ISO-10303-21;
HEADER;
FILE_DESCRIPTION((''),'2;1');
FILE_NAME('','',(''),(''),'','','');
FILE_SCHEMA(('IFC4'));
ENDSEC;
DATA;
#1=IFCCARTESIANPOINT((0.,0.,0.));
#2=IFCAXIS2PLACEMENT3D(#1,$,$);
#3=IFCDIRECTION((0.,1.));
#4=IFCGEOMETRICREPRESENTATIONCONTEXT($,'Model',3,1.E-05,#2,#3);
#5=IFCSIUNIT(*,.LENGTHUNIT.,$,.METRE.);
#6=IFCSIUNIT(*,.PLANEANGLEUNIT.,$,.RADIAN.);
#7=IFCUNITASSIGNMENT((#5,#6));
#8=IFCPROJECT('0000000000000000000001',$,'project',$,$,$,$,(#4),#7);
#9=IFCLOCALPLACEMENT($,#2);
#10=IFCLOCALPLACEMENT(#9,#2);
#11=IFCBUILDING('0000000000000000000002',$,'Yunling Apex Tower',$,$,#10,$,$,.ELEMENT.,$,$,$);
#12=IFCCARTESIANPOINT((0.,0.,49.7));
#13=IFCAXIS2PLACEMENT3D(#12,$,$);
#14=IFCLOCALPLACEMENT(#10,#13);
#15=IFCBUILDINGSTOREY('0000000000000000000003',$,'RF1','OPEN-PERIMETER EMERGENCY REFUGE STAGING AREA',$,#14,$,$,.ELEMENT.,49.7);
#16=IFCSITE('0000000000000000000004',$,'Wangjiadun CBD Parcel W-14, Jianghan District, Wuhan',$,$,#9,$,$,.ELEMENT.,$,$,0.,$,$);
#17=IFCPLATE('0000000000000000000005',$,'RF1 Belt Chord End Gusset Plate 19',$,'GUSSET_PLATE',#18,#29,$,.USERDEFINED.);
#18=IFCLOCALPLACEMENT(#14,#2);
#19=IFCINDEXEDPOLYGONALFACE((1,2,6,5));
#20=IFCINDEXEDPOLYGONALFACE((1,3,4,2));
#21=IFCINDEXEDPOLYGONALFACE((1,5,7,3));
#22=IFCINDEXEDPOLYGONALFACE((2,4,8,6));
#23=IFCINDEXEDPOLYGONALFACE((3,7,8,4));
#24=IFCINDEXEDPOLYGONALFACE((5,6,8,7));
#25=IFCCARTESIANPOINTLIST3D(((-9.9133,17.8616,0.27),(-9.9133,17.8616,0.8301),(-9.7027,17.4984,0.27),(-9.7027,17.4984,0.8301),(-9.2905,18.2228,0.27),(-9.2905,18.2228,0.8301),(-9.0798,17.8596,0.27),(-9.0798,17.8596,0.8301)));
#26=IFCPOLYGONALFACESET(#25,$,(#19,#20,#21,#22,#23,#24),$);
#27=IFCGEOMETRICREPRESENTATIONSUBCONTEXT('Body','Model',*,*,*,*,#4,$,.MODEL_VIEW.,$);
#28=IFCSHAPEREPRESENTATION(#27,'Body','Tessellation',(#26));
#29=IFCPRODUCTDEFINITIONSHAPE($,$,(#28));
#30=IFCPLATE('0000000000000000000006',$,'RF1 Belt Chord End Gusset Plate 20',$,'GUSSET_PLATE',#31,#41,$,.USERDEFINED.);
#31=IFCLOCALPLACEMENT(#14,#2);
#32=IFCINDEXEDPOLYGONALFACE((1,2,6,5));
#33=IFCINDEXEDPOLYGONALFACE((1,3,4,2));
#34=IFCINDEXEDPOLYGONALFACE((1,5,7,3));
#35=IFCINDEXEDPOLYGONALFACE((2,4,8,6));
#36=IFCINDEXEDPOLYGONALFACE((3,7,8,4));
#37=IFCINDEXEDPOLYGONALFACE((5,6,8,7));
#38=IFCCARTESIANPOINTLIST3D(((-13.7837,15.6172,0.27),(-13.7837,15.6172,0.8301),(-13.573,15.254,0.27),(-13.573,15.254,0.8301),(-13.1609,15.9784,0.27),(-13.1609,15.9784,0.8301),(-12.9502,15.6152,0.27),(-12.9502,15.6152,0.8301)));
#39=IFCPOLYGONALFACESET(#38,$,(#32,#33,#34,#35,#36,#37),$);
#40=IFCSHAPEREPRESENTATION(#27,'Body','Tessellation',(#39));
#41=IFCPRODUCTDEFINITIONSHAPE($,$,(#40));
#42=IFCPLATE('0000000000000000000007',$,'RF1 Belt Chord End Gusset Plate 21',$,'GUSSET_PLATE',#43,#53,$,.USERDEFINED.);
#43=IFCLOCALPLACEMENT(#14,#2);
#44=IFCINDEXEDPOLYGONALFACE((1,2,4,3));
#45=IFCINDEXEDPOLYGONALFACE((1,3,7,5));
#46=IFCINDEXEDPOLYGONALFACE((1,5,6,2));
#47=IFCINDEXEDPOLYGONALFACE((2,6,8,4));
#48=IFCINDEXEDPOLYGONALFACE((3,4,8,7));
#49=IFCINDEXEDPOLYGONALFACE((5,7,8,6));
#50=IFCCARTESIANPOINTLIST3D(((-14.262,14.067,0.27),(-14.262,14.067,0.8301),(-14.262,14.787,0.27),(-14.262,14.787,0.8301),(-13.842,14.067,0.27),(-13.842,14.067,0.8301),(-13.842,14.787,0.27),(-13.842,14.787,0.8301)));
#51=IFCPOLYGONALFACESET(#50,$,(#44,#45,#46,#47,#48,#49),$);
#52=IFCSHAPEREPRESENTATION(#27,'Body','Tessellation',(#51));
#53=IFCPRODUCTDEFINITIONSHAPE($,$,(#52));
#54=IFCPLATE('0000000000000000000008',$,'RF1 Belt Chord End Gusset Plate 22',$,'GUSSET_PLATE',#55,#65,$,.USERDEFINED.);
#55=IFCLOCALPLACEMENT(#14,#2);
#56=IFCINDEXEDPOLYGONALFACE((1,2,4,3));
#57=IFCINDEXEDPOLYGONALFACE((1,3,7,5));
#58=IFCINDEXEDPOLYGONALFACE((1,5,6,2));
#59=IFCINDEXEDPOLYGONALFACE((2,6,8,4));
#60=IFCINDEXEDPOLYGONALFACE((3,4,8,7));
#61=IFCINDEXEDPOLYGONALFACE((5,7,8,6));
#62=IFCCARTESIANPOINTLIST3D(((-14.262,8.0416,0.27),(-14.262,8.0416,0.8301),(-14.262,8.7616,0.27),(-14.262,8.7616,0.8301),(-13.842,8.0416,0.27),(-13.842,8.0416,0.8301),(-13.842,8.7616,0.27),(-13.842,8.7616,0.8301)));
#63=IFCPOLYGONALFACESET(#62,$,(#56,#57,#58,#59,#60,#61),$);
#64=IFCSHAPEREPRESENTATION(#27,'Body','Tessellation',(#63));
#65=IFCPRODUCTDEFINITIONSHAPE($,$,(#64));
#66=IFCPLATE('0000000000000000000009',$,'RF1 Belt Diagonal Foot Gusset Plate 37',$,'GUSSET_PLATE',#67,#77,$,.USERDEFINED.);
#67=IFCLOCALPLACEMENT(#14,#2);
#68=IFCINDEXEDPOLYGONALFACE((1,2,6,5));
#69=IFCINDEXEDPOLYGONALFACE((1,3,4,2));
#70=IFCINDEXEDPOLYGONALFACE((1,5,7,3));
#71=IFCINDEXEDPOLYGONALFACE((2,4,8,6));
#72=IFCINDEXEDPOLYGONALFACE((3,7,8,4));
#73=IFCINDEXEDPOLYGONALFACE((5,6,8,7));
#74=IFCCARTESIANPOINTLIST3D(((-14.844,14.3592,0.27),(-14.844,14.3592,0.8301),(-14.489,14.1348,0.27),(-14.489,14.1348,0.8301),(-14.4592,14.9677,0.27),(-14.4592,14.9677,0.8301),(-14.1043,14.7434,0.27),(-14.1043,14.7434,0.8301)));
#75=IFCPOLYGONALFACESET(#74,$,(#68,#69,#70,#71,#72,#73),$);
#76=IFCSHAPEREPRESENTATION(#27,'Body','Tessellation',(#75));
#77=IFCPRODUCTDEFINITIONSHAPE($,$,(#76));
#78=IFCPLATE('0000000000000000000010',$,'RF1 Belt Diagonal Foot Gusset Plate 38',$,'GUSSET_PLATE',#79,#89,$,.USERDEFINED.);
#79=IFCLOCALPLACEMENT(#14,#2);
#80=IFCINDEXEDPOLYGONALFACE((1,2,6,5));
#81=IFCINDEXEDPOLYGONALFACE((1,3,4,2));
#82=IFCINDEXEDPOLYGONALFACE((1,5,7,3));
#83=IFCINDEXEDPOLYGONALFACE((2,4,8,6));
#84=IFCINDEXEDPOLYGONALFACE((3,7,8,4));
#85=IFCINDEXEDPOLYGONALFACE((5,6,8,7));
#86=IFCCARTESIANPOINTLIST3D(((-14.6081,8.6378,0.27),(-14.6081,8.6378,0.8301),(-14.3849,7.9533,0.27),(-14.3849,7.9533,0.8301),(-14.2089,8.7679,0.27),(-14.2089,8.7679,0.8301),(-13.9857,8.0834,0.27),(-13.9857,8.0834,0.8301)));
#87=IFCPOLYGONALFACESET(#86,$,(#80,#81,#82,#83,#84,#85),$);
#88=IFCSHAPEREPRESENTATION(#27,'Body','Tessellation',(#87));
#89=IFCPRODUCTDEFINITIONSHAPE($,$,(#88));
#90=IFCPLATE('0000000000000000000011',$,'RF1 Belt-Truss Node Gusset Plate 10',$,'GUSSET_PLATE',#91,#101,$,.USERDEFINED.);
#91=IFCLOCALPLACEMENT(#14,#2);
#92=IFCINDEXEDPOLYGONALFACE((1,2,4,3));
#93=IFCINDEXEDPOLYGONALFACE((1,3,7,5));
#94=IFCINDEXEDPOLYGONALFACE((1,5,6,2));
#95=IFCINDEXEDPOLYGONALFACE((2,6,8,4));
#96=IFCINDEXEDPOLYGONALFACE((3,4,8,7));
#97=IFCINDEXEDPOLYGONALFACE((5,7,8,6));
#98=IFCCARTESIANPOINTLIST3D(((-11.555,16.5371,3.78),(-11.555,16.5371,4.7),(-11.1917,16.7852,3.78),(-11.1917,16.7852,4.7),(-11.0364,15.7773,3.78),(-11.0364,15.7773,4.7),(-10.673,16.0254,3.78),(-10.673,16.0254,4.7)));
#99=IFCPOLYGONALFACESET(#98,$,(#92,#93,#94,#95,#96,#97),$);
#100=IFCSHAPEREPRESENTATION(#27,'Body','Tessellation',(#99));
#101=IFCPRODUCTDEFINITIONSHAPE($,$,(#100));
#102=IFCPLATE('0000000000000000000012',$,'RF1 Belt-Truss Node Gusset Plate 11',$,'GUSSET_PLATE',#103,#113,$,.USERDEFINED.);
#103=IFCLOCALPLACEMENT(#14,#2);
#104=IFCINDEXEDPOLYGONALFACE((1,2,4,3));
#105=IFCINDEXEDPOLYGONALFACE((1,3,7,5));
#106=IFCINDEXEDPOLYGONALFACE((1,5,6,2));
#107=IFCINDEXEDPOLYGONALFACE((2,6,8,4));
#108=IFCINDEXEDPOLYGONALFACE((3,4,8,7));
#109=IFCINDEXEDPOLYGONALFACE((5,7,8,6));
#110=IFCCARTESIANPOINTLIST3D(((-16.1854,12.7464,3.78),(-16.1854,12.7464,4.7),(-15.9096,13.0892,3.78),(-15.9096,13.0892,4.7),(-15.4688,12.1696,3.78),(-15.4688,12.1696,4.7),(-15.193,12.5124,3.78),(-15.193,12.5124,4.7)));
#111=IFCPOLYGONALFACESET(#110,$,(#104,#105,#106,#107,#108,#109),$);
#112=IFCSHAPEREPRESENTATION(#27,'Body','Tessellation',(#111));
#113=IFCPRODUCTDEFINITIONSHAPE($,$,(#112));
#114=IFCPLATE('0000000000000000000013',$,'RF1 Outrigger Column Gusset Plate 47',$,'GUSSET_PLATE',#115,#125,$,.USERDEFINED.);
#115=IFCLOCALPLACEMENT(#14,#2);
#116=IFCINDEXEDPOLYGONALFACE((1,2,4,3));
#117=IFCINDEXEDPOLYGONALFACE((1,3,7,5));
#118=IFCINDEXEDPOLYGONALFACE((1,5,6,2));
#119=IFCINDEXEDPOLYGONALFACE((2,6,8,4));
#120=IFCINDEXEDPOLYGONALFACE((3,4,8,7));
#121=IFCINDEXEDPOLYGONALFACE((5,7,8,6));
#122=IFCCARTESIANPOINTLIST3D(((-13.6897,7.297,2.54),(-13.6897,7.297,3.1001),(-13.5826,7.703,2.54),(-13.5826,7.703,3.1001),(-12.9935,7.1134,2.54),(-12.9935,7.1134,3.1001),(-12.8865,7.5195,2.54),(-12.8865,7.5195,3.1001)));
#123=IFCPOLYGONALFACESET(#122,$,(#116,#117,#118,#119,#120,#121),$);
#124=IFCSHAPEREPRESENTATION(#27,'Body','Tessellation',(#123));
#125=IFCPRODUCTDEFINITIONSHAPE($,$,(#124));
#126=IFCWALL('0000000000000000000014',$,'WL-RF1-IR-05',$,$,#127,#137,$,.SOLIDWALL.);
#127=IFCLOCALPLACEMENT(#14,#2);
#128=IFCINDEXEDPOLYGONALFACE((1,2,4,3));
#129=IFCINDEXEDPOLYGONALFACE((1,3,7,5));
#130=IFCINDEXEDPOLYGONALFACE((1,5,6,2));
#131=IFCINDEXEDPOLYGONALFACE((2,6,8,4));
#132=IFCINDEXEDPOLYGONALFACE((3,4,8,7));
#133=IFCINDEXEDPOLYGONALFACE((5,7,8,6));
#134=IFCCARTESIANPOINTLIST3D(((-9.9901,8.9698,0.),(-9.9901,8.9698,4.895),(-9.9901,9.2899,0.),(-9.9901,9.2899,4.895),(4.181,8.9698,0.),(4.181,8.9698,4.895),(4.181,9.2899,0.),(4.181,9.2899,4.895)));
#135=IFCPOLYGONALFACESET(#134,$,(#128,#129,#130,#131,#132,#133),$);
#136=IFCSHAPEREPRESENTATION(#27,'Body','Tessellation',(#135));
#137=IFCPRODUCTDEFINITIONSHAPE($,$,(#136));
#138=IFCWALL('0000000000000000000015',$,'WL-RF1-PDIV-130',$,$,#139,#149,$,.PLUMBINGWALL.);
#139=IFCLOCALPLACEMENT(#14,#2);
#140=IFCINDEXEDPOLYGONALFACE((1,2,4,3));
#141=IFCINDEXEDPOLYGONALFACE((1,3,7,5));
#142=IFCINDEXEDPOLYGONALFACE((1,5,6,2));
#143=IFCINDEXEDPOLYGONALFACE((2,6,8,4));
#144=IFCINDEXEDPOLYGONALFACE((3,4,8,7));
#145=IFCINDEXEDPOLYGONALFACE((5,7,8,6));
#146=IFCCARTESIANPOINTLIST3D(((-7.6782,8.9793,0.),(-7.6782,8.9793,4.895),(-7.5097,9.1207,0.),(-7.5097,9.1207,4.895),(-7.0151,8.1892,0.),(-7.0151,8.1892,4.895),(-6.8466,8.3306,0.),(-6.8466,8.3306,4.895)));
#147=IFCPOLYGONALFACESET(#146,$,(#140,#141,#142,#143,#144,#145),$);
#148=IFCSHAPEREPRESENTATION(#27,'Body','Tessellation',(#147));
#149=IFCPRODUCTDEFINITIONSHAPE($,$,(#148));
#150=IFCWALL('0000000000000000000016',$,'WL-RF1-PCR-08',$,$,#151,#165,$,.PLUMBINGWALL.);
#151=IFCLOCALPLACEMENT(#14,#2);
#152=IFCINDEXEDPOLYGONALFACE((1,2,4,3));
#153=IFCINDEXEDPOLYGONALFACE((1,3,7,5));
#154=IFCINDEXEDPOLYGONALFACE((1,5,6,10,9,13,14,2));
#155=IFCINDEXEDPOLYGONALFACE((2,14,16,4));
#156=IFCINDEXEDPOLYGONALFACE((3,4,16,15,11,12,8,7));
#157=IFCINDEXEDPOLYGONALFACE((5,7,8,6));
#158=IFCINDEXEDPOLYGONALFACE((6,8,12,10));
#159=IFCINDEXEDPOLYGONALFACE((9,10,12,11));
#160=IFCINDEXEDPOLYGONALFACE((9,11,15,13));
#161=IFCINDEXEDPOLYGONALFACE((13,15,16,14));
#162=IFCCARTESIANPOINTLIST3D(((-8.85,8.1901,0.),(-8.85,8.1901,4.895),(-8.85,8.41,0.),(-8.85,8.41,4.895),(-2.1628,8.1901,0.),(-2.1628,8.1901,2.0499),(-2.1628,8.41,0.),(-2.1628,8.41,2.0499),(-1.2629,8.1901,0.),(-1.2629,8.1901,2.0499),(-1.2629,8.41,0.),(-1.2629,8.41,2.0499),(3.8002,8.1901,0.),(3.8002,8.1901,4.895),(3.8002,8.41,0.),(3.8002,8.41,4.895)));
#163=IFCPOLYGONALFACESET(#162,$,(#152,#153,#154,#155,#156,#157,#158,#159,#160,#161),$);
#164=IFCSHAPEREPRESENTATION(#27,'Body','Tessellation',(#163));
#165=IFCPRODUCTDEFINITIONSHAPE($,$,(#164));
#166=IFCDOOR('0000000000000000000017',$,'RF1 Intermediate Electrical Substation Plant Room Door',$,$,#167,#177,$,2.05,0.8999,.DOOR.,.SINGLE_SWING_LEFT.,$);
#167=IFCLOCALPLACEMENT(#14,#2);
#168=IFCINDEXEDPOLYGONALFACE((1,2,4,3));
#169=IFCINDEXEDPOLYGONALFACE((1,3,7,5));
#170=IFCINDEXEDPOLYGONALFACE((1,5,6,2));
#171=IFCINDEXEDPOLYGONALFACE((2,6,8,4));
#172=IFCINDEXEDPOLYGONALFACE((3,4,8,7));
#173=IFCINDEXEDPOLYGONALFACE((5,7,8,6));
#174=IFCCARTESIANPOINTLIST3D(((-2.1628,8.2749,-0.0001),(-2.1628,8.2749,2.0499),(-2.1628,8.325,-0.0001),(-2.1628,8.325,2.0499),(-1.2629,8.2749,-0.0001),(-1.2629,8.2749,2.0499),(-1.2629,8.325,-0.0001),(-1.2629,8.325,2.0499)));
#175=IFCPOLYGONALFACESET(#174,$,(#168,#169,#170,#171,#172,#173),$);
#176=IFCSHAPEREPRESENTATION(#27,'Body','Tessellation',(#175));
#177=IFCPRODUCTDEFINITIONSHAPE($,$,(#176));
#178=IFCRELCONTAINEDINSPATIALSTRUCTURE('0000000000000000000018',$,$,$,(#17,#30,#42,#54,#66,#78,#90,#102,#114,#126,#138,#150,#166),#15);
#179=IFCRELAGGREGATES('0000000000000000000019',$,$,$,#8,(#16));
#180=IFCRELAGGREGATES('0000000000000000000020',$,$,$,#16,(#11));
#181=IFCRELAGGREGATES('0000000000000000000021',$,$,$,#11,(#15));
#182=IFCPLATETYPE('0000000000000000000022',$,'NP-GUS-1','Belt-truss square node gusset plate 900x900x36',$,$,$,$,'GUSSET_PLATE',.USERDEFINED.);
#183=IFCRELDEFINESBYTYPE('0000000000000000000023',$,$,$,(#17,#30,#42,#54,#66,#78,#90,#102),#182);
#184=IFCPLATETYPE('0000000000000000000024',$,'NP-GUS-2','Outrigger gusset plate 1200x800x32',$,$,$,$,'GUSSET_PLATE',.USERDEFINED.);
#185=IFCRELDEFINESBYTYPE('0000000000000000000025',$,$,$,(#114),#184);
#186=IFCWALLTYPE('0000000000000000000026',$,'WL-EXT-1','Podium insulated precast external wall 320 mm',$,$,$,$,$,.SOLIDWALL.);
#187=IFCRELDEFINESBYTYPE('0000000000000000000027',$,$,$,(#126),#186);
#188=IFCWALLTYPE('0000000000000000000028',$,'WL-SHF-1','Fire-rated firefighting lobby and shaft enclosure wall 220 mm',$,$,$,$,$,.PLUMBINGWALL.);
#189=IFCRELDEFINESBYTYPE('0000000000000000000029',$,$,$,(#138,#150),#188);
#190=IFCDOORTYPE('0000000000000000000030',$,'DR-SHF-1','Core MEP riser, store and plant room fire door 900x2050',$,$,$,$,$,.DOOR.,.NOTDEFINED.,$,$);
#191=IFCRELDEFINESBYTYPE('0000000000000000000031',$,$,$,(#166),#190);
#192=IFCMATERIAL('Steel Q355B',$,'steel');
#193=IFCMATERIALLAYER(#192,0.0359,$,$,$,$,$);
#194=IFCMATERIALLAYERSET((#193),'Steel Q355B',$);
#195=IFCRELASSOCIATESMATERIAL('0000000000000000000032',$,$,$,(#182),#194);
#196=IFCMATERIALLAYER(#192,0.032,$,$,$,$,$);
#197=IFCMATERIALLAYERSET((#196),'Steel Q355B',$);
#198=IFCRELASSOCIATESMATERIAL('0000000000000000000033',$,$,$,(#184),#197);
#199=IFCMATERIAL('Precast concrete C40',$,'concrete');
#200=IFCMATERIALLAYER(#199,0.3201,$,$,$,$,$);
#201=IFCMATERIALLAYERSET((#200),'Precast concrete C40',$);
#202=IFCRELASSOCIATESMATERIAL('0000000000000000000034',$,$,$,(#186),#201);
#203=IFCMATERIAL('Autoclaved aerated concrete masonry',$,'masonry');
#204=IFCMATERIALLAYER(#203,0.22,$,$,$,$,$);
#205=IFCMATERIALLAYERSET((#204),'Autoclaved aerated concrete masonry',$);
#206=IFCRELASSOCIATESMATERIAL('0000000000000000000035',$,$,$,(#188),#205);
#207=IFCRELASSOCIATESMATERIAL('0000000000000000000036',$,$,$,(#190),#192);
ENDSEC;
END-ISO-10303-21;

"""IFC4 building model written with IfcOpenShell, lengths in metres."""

from ifc_helpers import new_model, si_unit, direction, frame, frame_2d, origin, origin_2d, place, context, subcontext, project, spatial, rectangle, extrude, source, transform, mapped, material, layer, layer_set, type_object, element, fill, save


model = new_model("IFC4")

# Units and contexts
model_context = context("Model", 3, precision=1e-05, world=origin(), true_north=direction((0.0, 1.0)))
body_context = subcontext(model_context, "Body", "Model", "MODEL_VIEW")
ifc_project = project(units=[si_unit("LENGTHUNIT", "METRE"), si_unit("PLANEANGLEUNIT", "RADIAN")], contexts=[model_context])

# Site, building, storey
site_placement = place(None, origin())
site = spatial("IfcSite", under=ifc_project, at=site_placement, Name="Wangjiadun CBD Parcel W-14, Jianghan District, Wuhan", CompositionType="ELEMENT", RefElevation=0.0)
building_placement = place(site_placement, origin())
building = spatial("IfcBuilding", under=site, at=building_placement, Name="Yunling Apex Tower", CompositionType="ELEMENT")
storey_placement = place(building_placement, frame((0.0, 0.0, 49.7)))
storey = spatial("IfcBuildingStorey", under=building, at=storey_placement, Name="RF1", Description="OPEN-PERIMETER EMERGENCY REFUGE STAGING AREA", CompositionType="ELEMENT", Elevation=49.7)

# Shared definitions
ifc_material_1 = material(Name="Steel Q355B", Category="steel")

# Plates
ifc_layer_1 = layer(ifc_material_1, 0.0359)
ifc_layer_set_1 = layer_set([ifc_layer_1], Name="Steel Q355B")
plate_type_1 = type_object("IfcPlateType", Name="NP-GUS-1", Description="Belt-truss square node gusset plate 900x900x36", ElementType="GUSSET_PLATE", PredefinedType="USERDEFINED", material=ifc_layer_set_1)
shared_shape_1 = source(origin(), body_context, "Body", "SweptSolid", [
    extrude(rectangle(XDim=0.72, YDim=0.4199, at=origin_2d()), origin(), (0.0, 0.0, 1.0), 0.5601),
])
for number, where, z_axis, x_axis, name in (
    (1, (-9.4966, 17.8606, 0.27), (0.0, 0.0, 1.0), (-0.865064, -0.501662, 0.0), "RF1 Belt Chord End Gusset Plate 19"),
    (2, (-13.3669, 15.6162, 0.27), (0.0, 0.0, 1.0), (-0.865064, -0.501662, 0.0), "RF1 Belt Chord End Gusset Plate 20"),
    (3, (-14.052, 14.427, 0.27), (0.0, 0.0, 1.0), (0.0, -1.0, 0.0), "RF1 Belt Chord End Gusset Plate 21"),
    (4, (-14.052, 8.4016, 0.27), (0.0, 0.0, 1.0), (0.0, -1.0, 0.0), "RF1 Belt Chord End Gusset Plate 22"),
    (5, (-14.4741, 14.5513, 0.27), (0.0, 0.0, 1.0), (-0.534352, -0.845262, 0.0), "RF1 Belt Diagonal Foot Gusset Plate 37"),
    (6, (-14.2969, 8.3606, 0.27), (0.0, 0.0, 1.0), (-0.310013, 0.950732, 0.0), "RF1 Belt Diagonal Foot Gusset Plate 38"),
):
    element("IfcPlate", number, at=place(storey_placement, frame(where, z_axis=z_axis, x_axis=x_axis)), inside=storey, type_object=plate_type_1, Name=name, ObjectType="GUSSET_PLATE", PredefinedType="USERDEFINED", context=body_context, shape_type="MappedRepresentation", body=[
        mapped(shared_shape_1, transform((0.0, 0.0, 0.0), scale=1.0)),
    ])
shared_shape_2 = source(origin(), body_context, "Body", "SweptSolid", [
    extrude(rectangle(XDim=0.9199, YDim=0.4399, at=origin_2d()), origin(), (0.0, 0.0, 1.0), 0.9199),
])
for number, where, z_axis, x_axis, name in (
    (7, (-11.114, 16.2812, 3.78), (0.0, 0.0, 1.0), (-0.563814, 0.825902, 0.0), "RF1 Belt-Truss Node Gusset Plate 10"),
    (8, (-15.6892, 12.6294, 3.78), (0.0, 0.0, 1.0), (-0.77901, 0.627012, 0.0), "RF1 Belt-Truss Node Gusset Plate 11"),
):
    element("IfcPlate", number, at=place(storey_placement, frame(where, z_axis=z_axis, x_axis=x_axis)), inside=storey, type_object=plate_type_1, Name=name, ObjectType="GUSSET_PLATE", PredefinedType="USERDEFINED", context=body_context, shape_type="MappedRepresentation", body=[
        mapped(shared_shape_2, transform((0.0, 0.0, 0.0), scale=1.0)),
    ])
ifc_layer_2 = layer(ifc_material_1, 0.032)
ifc_layer_set_2 = layer_set([ifc_layer_2], Name="Steel Q355B")
plate_type_2 = type_object("IfcPlateType", Name="NP-GUS-2", Description="Outrigger gusset plate 1200x800x32", ElementType="GUSSET_PLATE", PredefinedType="USERDEFINED", material=ifc_layer_set_2)
shared_shape_3 = source(origin(), body_context, "Body", "SweptSolid", [
    extrude(rectangle(XDim=0.72, YDim=0.4199, at=origin_2d()), origin(), (0.0, 0.0, 1.0), 0.5601),
])
plate_placement = place(storey_placement, frame((-13.2881, 7.4082, 2.54), z_axis=(0.0, 0.0, 1.0), x_axis=(-0.966957, 0.254939, 0.0)))
element("IfcPlate", 9, at=plate_placement, inside=storey, type_object=plate_type_2, Name="RF1 Outrigger Column Gusset Plate 47", ObjectType="GUSSET_PLATE", PredefinedType="USERDEFINED", context=body_context, shape_type="MappedRepresentation", body=[
    mapped(shared_shape_3, transform((0.0, 0.0, 0.0), scale=1.0)),
])

# Walls
ifc_material_2 = material(Name="Precast concrete C40", Category="concrete")
ifc_layer_3 = layer(ifc_material_2, 0.3201)
ifc_layer_set_3 = layer_set([ifc_layer_3], Name="Precast concrete C40")
wall_type_1 = type_object("IfcWallType", Name="WL-EXT-1", Description="Podium insulated precast external wall 320 mm", PredefinedType="SOLIDWALL", material=ifc_layer_set_3)
wall_1_placement = place(storey_placement, frame((-9.99, 9.1299, 0.0), z_axis=(0.0, 0.0, 1.0), x_axis=(1.0, 0.0, 0.0)))
element("IfcWall", 10, at=wall_1_placement, inside=storey, type_object=wall_type_1, Name="WL-RF1-IR-05", PredefinedType="SOLIDWALL", context=body_context, shape_type="SweptSolid", body=[
    extrude(rectangle(XDim=14.1711, YDim=0.3201, at=frame_2d((7.0854, 0.0))), origin(), (0.0, 0.0, 1.0), 4.895),
])
ifc_material_3 = material(Name="Autoclaved aerated concrete masonry", Category="masonry")
ifc_layer_4 = layer(ifc_material_3, 0.22)
ifc_layer_set_4 = layer_set([ifc_layer_4], Name="Autoclaved aerated concrete masonry")
wall_type_2 = type_object("IfcWallType", Name="WL-SHF-1", Description="Fire-rated firefighting lobby and shaft enclosure wall 220 mm", PredefinedType="PLUMBINGWALL", material=ifc_layer_set_4)
wall_2_placement = place(storey_placement, frame((-6.9309, 8.26, 0.0), z_axis=(0.0, 0.0, 1.0), x_axis=(-0.642881, 0.765966, 0.0)))
element("IfcWall", 11, at=wall_2_placement, inside=storey, type_object=wall_type_2, Name="WL-RF1-PDIV-130", PredefinedType="PLUMBINGWALL", context=body_context, shape_type="SweptSolid", body=[
    extrude(rectangle(XDim=1.0315, YDim=0.22, at=frame_2d((0.5156, 0.0))), origin(), (0.0, 0.0, 1.0), 4.895),
])

# Wall, opening, door
wall_3_placement = place(storey_placement, frame((-8.8501, 8.3, 0.0), z_axis=(0.0, 0.0, 1.0), x_axis=(1.0, 0.0, 0.0)))
wall_3 = element("IfcWall", 12, at=wall_3_placement, inside=storey, type_object=wall_type_2, Name="WL-RF1-PCR-08", PredefinedType="PLUMBINGWALL", context=body_context, shape_type="SweptSolid", body=[
    extrude(rectangle(XDim=12.6501, YDim=0.22, at=frame_2d((6.3252, 0.0))), origin(), (0.0, 0.0, 1.0), 4.895),
])
opening_placement = place(wall_3_placement, frame((6.6873, 0.0, 0.0)))
opening = element("IfcOpeningElement", 13, at=opening_placement, cuts=wall_3, PredefinedType="OPENING", context=body_context, shape_type="SweptSolid", body=[
    extrude(rectangle(XDim=0.8999, YDim=2.05, at=frame_2d((0.45, 1.0249))), frame((0.0, 0.1201, 0.0), z_axis=(0.0, -1.0, 0.0), x_axis=(1.0, 0.0, 0.0)), (0.0, 0.0, 1.0), 0.24),
])
door_type = type_object("IfcDoorType", Name="DR-SHF-1", Description="Core MEP riser, store and plant room fire door 900x2050", OperationType="NOTDEFINED", PredefinedType="DOOR", material=ifc_material_1)
door_placement = place(opening_placement, origin())
door = element("IfcDoor", 14, at=door_placement, inside=storey, type_object=door_type, Name="RF1 Intermediate Electrical Substation Plant Room Door", OperationType="SINGLE_SWING_LEFT", OverallHeight=2.05, OverallWidth=0.8999, PredefinedType="DOOR", context=body_context, shape_type="SweptSolid", body=[
    extrude(rectangle(XDim=0.8999, YDim=2.05, at=frame_2d((0.45, 1.0249))), frame((0.0, 0.0249, 0.0), z_axis=(0.0, -1.0, 0.0), x_axis=(1.0, 0.0, 0.0)), (0.0, 0.0, 1.0), 0.05),
])
fill(opening, door)

save(model, "model.ifc")
